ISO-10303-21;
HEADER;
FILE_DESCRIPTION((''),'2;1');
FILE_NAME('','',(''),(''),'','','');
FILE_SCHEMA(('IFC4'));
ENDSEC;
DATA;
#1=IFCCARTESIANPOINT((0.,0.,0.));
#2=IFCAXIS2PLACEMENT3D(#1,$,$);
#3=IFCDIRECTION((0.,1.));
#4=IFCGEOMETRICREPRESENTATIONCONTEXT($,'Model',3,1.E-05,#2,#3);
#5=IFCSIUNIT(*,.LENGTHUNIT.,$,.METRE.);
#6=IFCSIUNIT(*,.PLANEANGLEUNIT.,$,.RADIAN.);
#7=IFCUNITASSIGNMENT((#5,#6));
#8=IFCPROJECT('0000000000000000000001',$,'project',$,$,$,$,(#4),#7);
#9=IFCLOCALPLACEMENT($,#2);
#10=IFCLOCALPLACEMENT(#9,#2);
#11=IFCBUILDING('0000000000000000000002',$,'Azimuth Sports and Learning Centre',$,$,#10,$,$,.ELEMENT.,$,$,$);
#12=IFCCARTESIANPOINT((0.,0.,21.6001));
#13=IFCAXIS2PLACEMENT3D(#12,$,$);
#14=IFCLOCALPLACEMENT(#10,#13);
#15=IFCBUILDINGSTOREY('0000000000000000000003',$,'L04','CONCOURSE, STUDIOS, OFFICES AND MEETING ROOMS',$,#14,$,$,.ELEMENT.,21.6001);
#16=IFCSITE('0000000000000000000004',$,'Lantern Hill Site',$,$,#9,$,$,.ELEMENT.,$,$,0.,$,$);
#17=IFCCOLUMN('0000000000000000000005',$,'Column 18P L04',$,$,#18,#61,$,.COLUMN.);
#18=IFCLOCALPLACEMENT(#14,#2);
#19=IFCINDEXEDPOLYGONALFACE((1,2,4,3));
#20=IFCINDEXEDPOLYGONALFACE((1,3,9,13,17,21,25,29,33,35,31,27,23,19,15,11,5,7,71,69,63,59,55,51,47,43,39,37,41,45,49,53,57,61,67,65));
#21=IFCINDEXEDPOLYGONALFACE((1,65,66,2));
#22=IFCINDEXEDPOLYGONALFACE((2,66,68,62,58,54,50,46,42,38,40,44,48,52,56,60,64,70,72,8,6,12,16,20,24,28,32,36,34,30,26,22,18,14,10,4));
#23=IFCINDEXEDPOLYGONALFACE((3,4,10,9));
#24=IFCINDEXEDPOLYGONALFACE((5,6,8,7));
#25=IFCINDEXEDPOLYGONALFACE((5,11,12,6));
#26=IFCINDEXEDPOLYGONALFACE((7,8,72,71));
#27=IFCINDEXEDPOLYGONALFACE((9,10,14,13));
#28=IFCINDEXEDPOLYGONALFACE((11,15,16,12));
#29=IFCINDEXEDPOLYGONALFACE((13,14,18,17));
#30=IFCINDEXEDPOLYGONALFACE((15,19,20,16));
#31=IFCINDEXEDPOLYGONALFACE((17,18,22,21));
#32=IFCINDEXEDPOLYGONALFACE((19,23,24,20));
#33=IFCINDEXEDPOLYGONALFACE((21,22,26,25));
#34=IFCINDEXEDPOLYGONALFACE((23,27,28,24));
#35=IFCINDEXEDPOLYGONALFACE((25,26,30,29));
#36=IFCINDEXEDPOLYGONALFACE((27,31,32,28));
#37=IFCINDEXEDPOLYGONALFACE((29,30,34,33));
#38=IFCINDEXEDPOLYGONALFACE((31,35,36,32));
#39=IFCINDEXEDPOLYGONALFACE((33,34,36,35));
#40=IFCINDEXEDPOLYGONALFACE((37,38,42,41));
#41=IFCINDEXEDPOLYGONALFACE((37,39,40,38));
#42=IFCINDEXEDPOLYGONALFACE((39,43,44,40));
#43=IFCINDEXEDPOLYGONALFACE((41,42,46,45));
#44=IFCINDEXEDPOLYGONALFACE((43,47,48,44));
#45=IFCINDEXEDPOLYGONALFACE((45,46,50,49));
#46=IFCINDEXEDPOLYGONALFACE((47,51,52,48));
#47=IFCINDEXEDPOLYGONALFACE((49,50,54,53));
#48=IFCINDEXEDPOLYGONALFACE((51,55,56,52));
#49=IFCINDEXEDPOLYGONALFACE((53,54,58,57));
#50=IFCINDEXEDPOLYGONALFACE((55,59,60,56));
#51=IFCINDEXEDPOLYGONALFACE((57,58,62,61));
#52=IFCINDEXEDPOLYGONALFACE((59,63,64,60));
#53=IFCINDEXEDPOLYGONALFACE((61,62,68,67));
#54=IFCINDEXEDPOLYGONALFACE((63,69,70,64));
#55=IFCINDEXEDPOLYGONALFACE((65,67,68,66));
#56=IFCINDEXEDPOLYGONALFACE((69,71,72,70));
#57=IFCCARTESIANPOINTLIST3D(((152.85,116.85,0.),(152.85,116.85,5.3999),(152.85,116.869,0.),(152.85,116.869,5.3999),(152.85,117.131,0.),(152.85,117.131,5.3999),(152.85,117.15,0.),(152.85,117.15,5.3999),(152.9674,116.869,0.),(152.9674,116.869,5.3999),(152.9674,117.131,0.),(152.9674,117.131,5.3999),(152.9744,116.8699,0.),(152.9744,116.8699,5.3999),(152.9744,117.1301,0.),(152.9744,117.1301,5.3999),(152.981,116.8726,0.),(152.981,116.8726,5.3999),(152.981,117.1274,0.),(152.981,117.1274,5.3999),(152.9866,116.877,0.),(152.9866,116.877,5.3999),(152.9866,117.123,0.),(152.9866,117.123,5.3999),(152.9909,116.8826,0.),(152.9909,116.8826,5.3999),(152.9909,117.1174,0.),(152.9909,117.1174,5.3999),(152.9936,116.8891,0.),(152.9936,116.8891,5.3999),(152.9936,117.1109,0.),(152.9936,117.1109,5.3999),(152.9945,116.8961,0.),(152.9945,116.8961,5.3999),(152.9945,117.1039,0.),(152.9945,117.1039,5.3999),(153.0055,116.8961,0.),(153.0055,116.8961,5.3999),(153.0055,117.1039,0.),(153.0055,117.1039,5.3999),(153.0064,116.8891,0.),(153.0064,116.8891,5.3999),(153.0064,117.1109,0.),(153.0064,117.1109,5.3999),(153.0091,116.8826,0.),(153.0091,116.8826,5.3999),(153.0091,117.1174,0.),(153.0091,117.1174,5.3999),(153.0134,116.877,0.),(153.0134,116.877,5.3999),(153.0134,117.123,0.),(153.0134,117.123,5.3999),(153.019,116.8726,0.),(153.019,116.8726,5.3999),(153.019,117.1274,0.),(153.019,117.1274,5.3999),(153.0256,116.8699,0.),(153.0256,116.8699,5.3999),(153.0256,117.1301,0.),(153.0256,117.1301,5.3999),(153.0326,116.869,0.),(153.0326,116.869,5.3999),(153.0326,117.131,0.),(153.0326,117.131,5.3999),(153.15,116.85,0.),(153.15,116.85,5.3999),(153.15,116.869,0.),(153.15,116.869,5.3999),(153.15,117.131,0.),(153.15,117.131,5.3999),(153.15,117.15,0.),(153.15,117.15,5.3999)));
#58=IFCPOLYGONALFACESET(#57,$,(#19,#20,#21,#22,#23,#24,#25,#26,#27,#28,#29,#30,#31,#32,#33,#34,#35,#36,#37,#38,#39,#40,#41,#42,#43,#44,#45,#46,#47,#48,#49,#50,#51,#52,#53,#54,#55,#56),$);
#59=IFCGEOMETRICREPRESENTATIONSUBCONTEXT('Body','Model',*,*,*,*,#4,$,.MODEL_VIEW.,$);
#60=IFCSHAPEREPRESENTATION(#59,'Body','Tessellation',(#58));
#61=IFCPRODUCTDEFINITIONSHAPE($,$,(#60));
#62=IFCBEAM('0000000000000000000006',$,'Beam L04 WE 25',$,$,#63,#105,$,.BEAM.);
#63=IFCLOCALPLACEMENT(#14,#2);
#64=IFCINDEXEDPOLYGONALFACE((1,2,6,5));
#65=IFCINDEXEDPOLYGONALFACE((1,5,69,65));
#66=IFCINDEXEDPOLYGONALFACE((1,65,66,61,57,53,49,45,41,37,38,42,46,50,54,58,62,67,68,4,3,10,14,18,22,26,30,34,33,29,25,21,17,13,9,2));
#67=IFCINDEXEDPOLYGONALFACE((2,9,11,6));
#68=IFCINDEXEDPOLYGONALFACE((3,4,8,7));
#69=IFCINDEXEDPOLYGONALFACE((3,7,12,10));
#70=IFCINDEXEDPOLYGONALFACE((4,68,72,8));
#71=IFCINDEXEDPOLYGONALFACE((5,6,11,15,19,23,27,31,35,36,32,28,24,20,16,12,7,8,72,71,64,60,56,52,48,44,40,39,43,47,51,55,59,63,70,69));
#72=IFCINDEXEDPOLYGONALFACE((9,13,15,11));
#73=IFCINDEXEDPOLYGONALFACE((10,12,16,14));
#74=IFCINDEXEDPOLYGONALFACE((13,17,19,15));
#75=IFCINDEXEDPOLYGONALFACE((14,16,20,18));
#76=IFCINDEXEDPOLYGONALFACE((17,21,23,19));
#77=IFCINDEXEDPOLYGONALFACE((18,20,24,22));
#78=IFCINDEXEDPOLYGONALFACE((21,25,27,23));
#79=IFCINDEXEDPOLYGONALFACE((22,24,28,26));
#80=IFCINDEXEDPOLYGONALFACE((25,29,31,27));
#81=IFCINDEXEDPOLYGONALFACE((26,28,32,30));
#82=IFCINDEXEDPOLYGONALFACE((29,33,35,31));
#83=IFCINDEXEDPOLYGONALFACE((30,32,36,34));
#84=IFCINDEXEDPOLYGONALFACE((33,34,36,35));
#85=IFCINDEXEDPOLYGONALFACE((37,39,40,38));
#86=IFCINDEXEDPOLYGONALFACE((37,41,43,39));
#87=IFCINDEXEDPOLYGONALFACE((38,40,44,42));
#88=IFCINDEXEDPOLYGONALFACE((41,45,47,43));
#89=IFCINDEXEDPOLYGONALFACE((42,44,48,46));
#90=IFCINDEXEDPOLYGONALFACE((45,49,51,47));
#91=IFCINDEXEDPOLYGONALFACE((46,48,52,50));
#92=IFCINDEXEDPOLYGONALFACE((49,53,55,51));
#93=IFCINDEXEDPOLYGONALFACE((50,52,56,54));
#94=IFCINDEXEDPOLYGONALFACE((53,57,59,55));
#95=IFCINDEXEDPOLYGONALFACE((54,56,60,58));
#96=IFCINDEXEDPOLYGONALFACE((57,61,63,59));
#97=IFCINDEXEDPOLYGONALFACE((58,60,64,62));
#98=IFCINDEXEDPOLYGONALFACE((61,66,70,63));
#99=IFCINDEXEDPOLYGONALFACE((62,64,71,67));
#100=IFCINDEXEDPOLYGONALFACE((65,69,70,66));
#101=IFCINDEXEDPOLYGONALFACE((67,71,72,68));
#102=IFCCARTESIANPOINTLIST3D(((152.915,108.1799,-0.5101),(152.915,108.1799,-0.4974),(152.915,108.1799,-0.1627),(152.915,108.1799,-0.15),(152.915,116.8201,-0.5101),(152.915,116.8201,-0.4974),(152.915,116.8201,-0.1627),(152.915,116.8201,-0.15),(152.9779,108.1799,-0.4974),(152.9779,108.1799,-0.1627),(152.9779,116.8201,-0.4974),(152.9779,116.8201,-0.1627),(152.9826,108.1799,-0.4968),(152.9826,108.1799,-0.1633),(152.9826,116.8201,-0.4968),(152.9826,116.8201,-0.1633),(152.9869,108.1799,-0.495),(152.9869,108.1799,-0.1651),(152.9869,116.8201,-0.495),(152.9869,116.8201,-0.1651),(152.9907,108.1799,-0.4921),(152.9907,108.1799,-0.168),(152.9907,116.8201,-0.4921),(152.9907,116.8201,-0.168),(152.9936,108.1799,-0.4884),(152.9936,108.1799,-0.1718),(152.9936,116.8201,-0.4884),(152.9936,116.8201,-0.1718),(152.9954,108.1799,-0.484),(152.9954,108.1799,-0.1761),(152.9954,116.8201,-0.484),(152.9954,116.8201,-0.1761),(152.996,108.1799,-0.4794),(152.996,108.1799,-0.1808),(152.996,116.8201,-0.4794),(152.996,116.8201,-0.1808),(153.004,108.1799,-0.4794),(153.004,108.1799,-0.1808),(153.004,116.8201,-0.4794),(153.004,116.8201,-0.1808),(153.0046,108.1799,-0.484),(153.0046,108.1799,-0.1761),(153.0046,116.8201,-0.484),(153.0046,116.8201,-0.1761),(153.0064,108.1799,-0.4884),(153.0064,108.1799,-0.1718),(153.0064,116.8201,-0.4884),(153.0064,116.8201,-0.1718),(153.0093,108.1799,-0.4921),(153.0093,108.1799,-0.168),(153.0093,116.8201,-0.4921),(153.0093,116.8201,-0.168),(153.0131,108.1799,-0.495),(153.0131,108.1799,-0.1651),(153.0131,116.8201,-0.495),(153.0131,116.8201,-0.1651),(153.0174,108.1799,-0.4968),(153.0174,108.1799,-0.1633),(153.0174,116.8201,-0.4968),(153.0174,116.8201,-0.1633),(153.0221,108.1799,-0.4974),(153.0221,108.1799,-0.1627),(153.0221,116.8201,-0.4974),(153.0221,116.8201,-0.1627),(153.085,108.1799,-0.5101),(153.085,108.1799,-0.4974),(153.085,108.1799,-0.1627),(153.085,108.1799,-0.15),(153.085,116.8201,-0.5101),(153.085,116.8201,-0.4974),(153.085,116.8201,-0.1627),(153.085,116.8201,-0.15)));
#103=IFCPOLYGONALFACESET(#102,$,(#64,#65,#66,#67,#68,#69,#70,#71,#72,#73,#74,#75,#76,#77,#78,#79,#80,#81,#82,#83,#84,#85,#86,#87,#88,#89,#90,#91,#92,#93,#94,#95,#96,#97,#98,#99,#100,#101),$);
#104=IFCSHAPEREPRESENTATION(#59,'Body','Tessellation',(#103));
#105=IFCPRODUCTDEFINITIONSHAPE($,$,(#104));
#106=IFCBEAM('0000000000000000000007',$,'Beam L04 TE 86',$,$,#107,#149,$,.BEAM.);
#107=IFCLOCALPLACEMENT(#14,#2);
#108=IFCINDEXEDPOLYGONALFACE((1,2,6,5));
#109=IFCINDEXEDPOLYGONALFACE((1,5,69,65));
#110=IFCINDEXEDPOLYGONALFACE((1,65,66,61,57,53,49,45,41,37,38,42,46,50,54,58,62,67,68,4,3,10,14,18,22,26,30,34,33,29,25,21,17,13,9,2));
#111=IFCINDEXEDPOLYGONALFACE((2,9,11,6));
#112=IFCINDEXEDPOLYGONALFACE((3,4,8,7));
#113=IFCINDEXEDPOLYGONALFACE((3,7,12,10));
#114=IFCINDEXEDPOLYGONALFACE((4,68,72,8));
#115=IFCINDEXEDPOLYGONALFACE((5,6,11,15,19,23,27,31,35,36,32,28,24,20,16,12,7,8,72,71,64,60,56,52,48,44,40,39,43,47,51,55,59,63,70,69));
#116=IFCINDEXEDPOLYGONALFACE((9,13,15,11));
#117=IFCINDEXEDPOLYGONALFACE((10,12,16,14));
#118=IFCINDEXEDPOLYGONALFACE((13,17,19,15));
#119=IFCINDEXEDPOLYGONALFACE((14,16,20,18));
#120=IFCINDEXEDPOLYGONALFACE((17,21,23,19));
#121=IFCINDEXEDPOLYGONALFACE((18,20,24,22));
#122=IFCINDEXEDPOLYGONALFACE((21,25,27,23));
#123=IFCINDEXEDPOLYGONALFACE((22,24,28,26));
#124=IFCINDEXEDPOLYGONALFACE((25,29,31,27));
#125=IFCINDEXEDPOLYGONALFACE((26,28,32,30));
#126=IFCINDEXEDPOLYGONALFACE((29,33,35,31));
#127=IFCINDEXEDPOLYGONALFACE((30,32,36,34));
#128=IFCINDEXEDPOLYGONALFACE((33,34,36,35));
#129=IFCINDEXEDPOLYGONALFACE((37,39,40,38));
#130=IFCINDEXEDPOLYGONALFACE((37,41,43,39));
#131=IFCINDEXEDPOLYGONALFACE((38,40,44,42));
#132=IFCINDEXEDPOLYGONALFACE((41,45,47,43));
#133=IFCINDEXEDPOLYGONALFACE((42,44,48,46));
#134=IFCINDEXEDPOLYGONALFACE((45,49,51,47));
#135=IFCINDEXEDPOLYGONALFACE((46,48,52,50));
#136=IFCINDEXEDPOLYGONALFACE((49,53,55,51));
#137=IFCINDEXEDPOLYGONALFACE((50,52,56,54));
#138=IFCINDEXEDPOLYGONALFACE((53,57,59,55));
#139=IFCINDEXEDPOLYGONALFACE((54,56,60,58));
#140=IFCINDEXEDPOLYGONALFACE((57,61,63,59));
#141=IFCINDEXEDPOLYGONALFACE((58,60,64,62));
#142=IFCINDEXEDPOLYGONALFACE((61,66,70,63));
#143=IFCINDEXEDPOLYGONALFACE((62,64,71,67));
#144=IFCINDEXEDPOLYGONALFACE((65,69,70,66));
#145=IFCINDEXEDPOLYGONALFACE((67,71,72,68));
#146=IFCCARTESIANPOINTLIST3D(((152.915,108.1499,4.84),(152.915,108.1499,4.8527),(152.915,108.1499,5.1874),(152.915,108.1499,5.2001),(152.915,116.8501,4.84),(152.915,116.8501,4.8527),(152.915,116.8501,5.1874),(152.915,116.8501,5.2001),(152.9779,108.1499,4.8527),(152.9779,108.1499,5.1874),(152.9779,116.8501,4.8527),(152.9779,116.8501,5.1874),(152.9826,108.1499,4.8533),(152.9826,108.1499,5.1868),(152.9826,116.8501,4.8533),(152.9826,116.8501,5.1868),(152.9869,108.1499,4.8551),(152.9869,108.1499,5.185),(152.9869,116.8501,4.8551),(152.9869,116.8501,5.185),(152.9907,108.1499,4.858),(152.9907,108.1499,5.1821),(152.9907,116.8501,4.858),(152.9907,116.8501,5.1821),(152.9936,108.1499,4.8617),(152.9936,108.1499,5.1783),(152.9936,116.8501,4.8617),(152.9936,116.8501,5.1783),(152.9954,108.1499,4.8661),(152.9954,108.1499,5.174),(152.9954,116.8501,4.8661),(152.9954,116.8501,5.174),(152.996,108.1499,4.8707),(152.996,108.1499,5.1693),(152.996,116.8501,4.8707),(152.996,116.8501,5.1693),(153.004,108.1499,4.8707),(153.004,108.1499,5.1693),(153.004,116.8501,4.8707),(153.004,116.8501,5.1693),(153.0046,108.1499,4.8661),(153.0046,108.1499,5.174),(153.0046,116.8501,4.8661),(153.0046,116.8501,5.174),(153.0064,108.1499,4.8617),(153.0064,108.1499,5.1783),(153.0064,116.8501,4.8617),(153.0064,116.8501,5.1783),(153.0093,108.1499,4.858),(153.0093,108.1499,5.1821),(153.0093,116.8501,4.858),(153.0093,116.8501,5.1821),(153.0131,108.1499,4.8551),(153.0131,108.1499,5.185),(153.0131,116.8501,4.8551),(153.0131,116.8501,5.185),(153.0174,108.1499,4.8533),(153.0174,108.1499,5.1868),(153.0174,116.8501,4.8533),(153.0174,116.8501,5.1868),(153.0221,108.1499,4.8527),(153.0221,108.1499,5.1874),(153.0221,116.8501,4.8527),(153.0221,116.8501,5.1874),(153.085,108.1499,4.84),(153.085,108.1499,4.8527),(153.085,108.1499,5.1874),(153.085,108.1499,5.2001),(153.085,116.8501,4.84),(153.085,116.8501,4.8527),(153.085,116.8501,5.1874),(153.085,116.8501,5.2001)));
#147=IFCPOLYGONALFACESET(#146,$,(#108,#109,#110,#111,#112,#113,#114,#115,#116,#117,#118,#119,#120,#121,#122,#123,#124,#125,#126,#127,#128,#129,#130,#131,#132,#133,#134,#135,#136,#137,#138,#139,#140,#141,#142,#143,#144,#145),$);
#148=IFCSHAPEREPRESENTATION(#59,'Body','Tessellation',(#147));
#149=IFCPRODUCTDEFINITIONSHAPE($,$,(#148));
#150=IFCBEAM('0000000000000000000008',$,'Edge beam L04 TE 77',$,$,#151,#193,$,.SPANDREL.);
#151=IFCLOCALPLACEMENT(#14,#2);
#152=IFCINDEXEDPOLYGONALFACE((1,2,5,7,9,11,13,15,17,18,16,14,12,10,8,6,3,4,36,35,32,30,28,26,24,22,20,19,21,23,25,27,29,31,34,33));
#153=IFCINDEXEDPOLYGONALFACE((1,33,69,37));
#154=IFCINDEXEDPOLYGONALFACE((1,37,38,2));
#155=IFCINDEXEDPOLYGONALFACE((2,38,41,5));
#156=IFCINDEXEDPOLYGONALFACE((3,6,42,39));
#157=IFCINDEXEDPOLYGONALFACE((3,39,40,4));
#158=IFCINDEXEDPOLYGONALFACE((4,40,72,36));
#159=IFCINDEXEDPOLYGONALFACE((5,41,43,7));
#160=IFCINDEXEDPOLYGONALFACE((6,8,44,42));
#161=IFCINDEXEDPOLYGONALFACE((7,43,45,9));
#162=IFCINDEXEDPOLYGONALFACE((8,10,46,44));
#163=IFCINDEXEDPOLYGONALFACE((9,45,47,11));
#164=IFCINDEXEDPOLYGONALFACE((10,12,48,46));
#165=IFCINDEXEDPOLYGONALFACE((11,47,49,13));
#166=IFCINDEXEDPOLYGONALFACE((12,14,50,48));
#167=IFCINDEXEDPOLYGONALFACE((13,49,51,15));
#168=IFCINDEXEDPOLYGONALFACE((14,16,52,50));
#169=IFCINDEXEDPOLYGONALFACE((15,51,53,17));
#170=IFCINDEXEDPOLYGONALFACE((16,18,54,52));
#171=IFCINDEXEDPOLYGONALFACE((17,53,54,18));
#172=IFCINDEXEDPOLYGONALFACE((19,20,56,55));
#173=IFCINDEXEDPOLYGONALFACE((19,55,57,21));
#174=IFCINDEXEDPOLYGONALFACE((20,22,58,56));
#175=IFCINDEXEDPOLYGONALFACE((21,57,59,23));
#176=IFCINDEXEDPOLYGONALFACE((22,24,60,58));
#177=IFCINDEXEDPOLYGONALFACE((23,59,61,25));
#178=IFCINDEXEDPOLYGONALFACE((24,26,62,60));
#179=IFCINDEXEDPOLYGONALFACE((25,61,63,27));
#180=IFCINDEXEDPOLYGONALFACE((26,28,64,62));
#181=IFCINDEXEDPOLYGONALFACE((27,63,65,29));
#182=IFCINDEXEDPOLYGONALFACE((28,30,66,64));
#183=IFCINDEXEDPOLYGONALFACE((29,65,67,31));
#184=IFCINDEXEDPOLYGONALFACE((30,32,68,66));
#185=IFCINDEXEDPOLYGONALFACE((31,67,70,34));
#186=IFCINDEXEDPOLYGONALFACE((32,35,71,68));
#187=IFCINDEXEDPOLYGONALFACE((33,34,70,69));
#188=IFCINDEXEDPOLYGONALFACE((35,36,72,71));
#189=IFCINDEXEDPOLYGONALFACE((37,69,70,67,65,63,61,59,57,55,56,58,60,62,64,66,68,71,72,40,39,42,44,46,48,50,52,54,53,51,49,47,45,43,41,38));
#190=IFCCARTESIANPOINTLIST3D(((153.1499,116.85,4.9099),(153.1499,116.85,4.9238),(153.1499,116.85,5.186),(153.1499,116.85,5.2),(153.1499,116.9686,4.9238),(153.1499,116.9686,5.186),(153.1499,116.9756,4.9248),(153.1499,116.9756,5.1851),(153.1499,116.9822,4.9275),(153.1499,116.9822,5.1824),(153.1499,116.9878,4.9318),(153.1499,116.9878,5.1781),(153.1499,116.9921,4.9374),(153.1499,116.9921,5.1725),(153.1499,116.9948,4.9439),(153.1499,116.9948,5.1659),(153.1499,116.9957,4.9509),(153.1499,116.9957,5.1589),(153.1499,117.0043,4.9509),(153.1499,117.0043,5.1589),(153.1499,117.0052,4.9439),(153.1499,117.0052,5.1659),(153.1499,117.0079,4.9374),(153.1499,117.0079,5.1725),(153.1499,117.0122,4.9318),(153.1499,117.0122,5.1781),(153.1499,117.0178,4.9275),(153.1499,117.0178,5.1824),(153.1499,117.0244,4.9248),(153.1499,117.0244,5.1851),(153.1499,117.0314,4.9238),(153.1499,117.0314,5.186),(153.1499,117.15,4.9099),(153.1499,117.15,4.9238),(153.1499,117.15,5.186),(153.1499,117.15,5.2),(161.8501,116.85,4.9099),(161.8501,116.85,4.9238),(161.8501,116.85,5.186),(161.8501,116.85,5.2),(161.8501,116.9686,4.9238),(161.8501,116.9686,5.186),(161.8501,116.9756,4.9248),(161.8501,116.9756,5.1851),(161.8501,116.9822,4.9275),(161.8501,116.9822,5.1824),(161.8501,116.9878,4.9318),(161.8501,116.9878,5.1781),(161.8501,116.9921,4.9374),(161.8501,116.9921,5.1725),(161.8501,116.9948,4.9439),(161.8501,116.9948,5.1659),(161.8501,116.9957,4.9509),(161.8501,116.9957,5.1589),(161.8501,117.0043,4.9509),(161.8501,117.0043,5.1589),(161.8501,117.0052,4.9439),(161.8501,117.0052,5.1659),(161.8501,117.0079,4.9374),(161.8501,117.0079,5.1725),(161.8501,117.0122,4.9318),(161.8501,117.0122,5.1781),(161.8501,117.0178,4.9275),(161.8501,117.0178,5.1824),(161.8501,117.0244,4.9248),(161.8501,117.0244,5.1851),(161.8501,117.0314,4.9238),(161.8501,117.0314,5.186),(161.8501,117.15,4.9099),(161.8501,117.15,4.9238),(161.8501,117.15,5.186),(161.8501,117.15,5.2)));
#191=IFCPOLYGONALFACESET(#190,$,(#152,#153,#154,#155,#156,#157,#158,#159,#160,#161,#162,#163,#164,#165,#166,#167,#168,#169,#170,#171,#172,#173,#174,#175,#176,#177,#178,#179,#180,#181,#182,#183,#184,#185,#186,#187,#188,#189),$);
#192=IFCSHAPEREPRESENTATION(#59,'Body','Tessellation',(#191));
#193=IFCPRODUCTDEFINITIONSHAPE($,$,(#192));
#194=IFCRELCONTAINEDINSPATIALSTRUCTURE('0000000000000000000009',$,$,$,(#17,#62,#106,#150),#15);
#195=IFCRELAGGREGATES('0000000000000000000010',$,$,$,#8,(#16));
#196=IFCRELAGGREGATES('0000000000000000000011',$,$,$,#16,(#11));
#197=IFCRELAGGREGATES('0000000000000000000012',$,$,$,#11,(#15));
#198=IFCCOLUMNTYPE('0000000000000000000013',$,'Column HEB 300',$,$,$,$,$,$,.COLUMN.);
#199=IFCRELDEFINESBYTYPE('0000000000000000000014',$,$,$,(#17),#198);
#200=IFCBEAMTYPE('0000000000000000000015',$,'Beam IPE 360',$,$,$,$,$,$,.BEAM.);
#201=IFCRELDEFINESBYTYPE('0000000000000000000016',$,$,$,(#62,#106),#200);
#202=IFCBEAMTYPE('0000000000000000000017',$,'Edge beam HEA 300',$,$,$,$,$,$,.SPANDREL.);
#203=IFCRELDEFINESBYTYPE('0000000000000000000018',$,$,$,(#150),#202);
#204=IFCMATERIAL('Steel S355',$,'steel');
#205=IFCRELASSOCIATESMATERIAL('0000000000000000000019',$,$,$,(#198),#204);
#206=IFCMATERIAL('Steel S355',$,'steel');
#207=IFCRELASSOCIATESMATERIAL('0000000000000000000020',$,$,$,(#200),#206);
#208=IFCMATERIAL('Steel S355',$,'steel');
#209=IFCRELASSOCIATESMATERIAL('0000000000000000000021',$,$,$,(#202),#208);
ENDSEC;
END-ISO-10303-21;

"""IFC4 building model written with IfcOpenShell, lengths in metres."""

from ifc_helpers import new_model, si_unit, direction, frame, origin, origin_2d, place, context, subcontext, project, spatial, i_section, extrude, material, material_profile, profile_set, type_object, element, save


model = new_model("IFC4")

# Units and contexts
model_context = context("Model", 3, precision=1e-05, world=origin(), true_north=direction((0.0, 1.0)))
body_context = subcontext(model_context, "Body", "Model", "MODEL_VIEW")
ifc_project = project(units=[si_unit("LENGTHUNIT", "METRE"), si_unit("PLANEANGLEUNIT", "RADIAN")], contexts=[model_context])

# Site, building, storey
site_placement = place(None, origin())
site = spatial("IfcSite", under=ifc_project, at=site_placement, Name="Lantern Hill Site", CompositionType="ELEMENT", RefElevation=0.0)
building_placement = place(site_placement, origin())
building = spatial("IfcBuilding", under=site, at=building_placement, Name="Azimuth Sports and Learning Centre", CompositionType="ELEMENT")
storey_placement = place(building_placement, frame((0.0, 0.0, 21.6001)))
storey = spatial("IfcBuildingStorey", under=building, at=storey_placement, Name="L04", Description="CONCOURSE, STUDIOS, OFFICES AND MEETING ROOMS", CompositionType="ELEMENT", Elevation=21.6001)

# Column
ifc_material_1 = material(Name="Steel S355", Category="steel")
ifc_material_profile_1 = material_profile(ifc_material_1, i_section(OverallWidth=0.3, OverallDepth=0.3, WebThickness=0.011, FlangeThickness=0.019, FilletRadius=0.0271, at=origin_2d()), Name="HEB 300")
ifc_profile_set_1 = profile_set([ifc_material_profile_1], Name="Steel S355")
column_type = type_object("IfcColumnType", Name="Column HEB 300", PredefinedType="COLUMN", material=ifc_profile_set_1)
column_placement = place(storey_placement, frame((153.0, 117.0, 0.0), z_axis=(0.0, 0.0, 1.0), x_axis=(1.0, 0.0, 0.0)))
element("IfcColumn", 1, at=column_placement, inside=storey, type_object=column_type, Name="Column 18P L04", PredefinedType="COLUMN", context=body_context, shape_type="SweptSolid", body=[
    extrude(i_section(OverallWidth=0.3, OverallDepth=0.3, WebThickness=0.011, FlangeThickness=0.019, FilletRadius=0.0271, at=origin_2d()), origin(), (0.0, 0.0, 1.0), 5.3999),
])

# Beams
ifc_material_2 = material(Name="Steel S355", Category="steel")
ifc_material_profile_2 = material_profile(ifc_material_2, i_section(OverallWidth=0.1699, OverallDepth=0.3601, WebThickness=0.0081, FlangeThickness=0.0127, FilletRadius=0.0181, at=origin_2d()), Name="IPE 360")
ifc_profile_set_2 = profile_set([ifc_material_profile_2], Name="Steel S355")
beam_type_1 = type_object("IfcBeamType", Name="Beam IPE 360", PredefinedType="BEAM", material=ifc_profile_set_2)
beam_1_placement = place(storey_placement, frame((153.0, 108.1799, -0.3301), z_axis=(0.0, 1.0, 0.0), x_axis=(-1.0, 0.0, 0.0)))
element("IfcBeam", 2, at=beam_1_placement, inside=storey, type_object=beam_type_1, Name="Beam L04 WE 25", PredefinedType="BEAM", context=body_context, shape_type="SweptSolid", body=[
    extrude(i_section(OverallWidth=0.1699, OverallDepth=0.3601, WebThickness=0.0081, FlangeThickness=0.0127, FilletRadius=0.0181, at=origin_2d()), origin(), (0.0, 0.0, 1.0), 8.6401),
])
beam_2_placement = place(storey_placement, frame((153.0, 108.1499, 5.02), z_axis=(0.0, 1.0, 0.0), x_axis=(-1.0, 0.0, 0.0)))
element("IfcBeam", 3, at=beam_2_placement, inside=storey, type_object=beam_type_1, Name="Beam L04 TE 86", PredefinedType="BEAM", context=body_context, shape_type="SweptSolid", body=[
    extrude(i_section(OverallWidth=0.1699, OverallDepth=0.3601, WebThickness=0.0081, FlangeThickness=0.0127, FilletRadius=0.0181, at=origin_2d()), origin(), (0.0, 0.0, 1.0), 8.7002),
])
ifc_material_3 = material(Name="Steel S355", Category="steel")
ifc_material_profile_3 = material_profile(ifc_material_3, i_section(OverallWidth=0.3, OverallDepth=0.29, WebThickness=0.0085, FlangeThickness=0.0139, FilletRadius=0.0271, at=origin_2d()), Name="HEA 300")
ifc_profile_set_3 = profile_set([ifc_material_profile_3], Name="Steel S355")
beam_type_2 = type_object("IfcBeamType", Name="Edge beam HEA 300", PredefinedType="SPANDREL", material=ifc_profile_set_3)
beam_3_placement = place(storey_placement, frame((153.1499, 117.0, 5.0549), z_axis=(1.0, 0.0, 0.0), x_axis=(0.0, 1.0, 0.0)))
element("IfcBeam", 4, at=beam_3_placement, inside=storey, type_object=beam_type_2, Name="Edge beam L04 TE 77", PredefinedType="SPANDREL", context=body_context, shape_type="SweptSolid", body=[
    extrude(i_section(OverallWidth=0.3, OverallDepth=0.29, WebThickness=0.0085, FlangeThickness=0.0139, FilletRadius=0.0271, at=origin_2d()), origin(), (0.0, 0.0, 1.0), 8.7002),
])

save(model, "model.ifc")
